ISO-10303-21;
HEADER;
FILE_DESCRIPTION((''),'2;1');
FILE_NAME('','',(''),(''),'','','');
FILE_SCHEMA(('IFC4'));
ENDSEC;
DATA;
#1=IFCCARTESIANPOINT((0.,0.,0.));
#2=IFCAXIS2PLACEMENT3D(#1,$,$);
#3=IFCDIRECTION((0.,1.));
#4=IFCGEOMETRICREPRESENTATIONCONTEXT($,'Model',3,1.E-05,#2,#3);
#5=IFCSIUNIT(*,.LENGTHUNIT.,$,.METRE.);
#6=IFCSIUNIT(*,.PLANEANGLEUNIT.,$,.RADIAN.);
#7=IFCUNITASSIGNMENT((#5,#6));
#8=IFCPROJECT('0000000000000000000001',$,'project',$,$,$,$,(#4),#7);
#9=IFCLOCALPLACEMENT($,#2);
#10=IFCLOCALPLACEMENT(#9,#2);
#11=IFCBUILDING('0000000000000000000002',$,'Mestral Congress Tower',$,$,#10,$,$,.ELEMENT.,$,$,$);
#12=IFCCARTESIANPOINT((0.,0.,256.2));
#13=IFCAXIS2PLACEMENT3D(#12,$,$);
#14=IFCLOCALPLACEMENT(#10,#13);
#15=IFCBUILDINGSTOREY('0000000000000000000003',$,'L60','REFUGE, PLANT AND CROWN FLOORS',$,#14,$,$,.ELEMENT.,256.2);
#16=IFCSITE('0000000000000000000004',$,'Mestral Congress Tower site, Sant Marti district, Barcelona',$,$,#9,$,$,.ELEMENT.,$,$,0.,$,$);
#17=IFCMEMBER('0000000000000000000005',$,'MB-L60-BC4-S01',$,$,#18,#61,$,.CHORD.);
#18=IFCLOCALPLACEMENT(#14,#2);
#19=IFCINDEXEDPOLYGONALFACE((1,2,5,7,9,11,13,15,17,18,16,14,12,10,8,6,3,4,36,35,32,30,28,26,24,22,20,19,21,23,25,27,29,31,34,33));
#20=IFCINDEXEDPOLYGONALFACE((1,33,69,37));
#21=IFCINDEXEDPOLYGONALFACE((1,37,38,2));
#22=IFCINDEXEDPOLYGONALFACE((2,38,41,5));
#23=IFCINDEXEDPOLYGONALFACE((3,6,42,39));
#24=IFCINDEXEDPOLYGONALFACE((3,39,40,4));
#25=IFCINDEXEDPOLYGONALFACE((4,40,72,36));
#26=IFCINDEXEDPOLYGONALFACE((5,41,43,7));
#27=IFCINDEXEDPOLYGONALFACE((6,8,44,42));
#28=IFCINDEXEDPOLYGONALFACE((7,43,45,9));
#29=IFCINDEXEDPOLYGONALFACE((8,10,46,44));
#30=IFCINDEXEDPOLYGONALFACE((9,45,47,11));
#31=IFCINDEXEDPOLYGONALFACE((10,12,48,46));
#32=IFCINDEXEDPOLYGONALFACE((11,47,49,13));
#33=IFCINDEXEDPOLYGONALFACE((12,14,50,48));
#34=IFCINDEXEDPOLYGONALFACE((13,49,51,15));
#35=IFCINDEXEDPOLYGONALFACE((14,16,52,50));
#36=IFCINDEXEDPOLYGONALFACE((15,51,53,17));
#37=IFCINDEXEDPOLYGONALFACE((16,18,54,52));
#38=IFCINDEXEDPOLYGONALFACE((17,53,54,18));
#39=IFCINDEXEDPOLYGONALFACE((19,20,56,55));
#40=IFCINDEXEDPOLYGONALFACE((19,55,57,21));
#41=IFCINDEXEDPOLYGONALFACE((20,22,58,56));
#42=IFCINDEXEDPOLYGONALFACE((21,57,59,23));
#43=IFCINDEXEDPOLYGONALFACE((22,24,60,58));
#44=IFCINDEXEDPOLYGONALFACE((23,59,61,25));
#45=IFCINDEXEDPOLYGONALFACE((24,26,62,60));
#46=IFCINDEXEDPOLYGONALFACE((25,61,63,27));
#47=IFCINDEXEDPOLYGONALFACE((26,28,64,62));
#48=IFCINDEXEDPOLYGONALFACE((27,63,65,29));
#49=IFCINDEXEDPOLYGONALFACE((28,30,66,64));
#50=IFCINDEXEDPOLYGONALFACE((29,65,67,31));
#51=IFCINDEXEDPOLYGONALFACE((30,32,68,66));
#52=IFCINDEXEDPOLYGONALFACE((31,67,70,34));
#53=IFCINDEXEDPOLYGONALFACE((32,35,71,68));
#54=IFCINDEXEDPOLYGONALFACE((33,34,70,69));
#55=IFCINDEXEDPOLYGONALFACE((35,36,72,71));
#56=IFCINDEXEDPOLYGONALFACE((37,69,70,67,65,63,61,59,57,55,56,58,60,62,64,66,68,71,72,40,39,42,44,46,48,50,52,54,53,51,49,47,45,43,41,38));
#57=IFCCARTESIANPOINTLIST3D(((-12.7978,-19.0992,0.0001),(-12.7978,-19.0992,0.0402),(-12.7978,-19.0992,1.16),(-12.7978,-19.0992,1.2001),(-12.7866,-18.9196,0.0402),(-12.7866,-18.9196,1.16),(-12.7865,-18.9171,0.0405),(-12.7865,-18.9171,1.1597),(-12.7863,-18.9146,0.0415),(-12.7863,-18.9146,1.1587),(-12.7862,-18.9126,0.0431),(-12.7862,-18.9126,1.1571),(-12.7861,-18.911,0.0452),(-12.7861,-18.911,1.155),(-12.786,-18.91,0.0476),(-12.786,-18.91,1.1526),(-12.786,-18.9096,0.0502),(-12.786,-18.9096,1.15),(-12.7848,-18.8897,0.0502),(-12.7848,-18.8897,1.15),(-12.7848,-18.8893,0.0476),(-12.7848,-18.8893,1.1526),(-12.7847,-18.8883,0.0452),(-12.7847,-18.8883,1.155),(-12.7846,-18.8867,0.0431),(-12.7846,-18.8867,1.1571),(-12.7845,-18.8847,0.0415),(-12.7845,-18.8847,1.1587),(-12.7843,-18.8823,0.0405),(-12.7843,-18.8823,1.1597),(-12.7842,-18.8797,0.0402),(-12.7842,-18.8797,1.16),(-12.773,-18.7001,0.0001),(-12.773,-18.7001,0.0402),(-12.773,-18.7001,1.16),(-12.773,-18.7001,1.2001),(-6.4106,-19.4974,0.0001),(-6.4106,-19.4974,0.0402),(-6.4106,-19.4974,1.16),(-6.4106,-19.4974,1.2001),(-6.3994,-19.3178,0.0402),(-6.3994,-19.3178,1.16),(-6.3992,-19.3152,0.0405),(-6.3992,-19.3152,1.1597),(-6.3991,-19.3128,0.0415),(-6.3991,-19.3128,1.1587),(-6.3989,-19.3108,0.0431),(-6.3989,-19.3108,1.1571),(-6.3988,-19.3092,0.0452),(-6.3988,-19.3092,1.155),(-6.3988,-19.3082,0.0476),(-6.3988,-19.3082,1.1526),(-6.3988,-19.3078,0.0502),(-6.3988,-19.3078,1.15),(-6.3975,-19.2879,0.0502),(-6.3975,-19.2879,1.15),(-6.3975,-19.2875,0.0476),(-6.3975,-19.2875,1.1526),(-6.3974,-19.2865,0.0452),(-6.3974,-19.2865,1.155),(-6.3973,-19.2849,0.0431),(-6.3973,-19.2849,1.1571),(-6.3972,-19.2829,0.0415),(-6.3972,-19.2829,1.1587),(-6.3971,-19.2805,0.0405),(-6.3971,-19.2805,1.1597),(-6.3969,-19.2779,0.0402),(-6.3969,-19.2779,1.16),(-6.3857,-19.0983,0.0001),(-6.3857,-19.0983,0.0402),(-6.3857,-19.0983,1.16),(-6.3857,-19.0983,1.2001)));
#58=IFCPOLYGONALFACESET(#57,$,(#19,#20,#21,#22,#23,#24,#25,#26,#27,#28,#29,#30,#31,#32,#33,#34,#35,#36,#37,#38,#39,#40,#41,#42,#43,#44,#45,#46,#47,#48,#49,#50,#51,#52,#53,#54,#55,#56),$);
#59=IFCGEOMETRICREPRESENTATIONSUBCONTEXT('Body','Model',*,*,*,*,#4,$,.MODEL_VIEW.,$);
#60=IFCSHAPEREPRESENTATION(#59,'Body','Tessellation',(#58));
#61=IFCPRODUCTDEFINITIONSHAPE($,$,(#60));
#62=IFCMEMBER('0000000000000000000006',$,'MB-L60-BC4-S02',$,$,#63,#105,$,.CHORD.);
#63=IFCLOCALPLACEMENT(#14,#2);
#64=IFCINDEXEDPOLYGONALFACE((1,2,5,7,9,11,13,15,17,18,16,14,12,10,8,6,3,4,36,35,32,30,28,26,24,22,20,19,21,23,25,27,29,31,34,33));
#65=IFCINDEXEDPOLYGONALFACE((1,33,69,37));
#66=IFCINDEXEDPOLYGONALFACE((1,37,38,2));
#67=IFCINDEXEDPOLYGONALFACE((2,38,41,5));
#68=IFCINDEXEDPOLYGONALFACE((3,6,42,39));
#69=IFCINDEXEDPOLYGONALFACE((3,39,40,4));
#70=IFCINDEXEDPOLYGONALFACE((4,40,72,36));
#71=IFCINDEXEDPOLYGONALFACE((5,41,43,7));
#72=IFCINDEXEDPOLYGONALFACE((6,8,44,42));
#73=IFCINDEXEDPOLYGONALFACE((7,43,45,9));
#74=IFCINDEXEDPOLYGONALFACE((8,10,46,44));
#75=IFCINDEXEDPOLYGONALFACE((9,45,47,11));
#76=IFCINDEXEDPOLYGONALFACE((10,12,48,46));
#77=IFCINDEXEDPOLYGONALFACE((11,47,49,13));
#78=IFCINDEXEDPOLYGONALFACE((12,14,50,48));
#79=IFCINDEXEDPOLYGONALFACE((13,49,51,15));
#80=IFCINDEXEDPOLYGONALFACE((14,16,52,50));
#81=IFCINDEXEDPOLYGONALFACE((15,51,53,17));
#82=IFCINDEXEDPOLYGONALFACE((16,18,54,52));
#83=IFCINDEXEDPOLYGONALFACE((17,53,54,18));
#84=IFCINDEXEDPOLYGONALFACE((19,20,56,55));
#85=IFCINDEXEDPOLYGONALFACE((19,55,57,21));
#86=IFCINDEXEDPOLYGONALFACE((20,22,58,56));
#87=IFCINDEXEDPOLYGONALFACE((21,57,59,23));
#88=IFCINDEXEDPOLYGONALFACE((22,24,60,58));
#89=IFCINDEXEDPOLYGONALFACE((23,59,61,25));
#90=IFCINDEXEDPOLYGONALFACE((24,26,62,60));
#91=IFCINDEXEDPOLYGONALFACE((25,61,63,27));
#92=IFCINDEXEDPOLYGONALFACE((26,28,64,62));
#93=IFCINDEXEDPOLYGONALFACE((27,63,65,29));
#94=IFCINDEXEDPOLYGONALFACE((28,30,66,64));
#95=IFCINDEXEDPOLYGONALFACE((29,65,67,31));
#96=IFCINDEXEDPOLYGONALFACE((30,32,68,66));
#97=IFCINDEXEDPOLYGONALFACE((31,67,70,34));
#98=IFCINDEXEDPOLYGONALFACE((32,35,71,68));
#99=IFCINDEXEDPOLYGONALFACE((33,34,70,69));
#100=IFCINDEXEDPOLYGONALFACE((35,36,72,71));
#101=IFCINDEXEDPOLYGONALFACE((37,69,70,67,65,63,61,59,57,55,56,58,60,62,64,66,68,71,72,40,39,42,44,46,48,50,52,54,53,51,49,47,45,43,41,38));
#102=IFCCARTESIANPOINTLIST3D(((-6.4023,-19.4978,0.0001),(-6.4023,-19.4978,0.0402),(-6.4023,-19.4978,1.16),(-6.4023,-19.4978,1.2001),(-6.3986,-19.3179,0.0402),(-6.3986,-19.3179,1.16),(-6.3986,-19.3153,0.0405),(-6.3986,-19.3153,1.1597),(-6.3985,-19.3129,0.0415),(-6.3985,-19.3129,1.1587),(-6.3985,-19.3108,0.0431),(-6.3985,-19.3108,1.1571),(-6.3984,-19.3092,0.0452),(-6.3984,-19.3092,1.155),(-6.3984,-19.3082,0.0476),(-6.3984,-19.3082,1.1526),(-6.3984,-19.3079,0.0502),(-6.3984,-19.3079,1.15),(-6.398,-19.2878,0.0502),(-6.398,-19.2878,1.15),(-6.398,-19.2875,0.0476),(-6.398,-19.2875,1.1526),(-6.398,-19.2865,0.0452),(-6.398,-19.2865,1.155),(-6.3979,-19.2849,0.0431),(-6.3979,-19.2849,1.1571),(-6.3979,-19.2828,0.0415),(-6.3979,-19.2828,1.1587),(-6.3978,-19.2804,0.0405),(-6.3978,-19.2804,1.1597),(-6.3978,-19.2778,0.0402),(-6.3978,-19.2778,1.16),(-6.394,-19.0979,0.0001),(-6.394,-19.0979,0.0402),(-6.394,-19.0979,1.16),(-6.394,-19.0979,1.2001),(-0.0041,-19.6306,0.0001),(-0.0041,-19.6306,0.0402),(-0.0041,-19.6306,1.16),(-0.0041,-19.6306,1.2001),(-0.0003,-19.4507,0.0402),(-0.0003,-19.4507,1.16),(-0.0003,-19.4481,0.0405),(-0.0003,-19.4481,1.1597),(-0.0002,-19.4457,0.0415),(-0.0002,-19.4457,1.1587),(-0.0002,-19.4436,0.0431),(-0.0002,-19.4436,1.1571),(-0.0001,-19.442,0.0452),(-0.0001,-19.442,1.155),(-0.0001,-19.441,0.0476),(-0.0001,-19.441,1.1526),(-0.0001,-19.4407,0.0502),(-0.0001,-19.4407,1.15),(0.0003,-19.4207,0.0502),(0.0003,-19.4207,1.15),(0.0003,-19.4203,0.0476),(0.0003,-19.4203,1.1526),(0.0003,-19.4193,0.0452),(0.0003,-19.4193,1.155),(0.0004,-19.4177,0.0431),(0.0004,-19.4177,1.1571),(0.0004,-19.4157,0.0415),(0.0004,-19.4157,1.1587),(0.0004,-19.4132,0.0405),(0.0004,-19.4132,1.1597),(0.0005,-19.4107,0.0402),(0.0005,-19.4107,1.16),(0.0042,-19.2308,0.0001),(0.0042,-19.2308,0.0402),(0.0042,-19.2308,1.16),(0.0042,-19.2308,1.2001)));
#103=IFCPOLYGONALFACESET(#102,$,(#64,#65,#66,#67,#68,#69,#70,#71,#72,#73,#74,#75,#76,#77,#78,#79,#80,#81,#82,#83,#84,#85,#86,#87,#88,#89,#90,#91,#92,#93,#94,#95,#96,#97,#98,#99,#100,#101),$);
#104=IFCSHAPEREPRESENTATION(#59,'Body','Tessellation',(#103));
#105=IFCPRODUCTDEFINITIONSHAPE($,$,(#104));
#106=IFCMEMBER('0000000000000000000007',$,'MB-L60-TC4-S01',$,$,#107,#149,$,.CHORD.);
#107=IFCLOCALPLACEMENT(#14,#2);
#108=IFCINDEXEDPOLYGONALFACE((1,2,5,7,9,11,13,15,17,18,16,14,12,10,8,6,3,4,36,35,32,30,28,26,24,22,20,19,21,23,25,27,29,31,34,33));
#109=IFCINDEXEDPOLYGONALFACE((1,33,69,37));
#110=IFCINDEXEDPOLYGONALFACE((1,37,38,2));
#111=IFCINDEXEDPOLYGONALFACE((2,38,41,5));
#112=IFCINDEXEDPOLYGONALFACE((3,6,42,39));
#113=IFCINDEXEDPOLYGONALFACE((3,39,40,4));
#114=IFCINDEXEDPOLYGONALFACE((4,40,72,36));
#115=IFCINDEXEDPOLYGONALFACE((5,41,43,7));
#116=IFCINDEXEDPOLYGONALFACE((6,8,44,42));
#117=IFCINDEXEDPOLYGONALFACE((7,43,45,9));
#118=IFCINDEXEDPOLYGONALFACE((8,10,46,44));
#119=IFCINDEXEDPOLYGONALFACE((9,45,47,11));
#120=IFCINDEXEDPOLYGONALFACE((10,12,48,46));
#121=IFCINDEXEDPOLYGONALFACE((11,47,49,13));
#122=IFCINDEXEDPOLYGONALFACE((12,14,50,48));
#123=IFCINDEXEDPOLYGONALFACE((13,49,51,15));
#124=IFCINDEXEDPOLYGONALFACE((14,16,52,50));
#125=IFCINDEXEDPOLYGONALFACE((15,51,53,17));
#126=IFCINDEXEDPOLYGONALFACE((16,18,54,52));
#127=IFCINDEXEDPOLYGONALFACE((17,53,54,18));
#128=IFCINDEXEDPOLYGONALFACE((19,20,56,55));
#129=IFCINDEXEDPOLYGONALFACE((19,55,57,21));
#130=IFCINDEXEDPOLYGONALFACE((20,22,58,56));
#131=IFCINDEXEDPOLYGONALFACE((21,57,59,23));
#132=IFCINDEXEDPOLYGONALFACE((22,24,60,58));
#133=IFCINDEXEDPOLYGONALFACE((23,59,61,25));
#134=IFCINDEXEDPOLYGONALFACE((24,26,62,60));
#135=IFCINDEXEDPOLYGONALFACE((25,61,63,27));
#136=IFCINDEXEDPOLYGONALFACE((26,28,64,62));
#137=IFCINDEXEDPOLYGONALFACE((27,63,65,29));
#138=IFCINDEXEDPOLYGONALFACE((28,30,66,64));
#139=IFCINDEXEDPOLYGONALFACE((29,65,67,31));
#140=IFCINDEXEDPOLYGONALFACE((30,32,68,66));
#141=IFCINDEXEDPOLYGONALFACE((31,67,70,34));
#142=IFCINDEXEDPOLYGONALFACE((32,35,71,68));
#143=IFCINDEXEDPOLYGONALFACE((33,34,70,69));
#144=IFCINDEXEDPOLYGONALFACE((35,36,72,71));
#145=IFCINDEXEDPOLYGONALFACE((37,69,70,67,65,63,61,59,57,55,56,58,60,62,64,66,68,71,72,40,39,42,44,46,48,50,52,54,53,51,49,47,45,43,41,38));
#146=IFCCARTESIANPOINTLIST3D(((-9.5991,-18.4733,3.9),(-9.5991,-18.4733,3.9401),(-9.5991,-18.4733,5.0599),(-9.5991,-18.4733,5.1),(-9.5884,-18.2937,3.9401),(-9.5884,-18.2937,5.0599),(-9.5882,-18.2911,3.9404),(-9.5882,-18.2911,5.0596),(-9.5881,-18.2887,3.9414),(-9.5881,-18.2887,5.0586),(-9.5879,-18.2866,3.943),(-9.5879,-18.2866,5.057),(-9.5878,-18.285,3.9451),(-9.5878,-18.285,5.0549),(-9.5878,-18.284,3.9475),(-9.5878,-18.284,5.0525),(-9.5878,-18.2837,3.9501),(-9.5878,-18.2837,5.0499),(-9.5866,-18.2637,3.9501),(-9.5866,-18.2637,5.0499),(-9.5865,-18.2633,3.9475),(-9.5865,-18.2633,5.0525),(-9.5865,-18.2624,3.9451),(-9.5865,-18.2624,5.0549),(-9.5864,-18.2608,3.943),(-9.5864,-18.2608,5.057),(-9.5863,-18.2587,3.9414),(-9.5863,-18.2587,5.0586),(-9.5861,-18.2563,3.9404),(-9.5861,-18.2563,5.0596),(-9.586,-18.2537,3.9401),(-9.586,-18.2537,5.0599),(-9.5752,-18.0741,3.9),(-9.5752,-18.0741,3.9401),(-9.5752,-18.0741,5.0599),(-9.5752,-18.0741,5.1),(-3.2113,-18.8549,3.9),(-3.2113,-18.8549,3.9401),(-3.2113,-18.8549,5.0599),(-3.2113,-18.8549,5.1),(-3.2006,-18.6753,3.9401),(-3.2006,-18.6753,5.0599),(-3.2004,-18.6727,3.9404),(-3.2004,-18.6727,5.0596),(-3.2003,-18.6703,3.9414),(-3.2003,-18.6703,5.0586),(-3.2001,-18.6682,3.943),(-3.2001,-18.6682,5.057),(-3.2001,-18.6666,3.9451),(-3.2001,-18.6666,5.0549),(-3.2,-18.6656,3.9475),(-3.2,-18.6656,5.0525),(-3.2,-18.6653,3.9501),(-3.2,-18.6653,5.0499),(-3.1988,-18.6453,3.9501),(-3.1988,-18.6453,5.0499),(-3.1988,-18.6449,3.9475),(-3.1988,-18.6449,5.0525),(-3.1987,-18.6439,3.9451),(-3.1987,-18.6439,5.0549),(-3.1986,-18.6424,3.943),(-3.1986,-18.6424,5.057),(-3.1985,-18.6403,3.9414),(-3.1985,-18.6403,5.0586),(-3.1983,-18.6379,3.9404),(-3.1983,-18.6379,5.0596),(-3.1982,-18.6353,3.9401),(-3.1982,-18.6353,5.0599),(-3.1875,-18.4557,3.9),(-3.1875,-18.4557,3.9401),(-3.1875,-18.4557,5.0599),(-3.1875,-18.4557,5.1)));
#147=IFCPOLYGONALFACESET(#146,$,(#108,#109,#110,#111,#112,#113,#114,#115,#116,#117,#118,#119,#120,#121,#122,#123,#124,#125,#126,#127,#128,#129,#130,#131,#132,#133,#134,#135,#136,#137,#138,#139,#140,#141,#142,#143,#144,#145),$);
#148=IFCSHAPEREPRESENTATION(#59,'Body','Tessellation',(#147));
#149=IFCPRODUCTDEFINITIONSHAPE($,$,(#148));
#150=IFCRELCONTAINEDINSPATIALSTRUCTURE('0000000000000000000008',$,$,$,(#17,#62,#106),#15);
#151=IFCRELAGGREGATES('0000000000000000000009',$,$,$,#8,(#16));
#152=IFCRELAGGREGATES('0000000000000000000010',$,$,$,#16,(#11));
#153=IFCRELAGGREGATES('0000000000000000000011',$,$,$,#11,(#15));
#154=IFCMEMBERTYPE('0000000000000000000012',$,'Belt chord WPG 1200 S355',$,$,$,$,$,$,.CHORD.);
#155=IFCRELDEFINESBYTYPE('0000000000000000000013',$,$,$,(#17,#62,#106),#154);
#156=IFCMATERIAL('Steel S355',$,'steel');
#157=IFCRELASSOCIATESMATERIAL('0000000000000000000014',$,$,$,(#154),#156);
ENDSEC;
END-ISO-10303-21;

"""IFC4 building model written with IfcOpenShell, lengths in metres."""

from ifc_helpers import new_model, si_unit, direction, frame, origin, origin_2d, place, context, subcontext, project, spatial, i_section, extrude, material, material_profile, profile_set, type_object, element, save


model = new_model("IFC4")

# Units and contexts
model_context = context("Model", 3, precision=1e-05, world=origin(), true_north=direction((0.0, 1.0)))
body_context = subcontext(model_context, "Body", "Model", "MODEL_VIEW")
ifc_project = project(units=[si_unit("LENGTHUNIT", "METRE"), si_unit("PLANEANGLEUNIT", "RADIAN")], contexts=[model_context])

# Site, building, storey
site_placement = place(None, origin())
site = spatial("IfcSite", under=ifc_project, at=site_placement, Name="Mestral Congress Tower site, Sant Marti district, Barcelona", CompositionType="ELEMENT", RefElevation=0.0)
building_placement = place(site_placement, origin())
building = spatial("IfcBuilding", under=site, at=building_placement, Name="Mestral Congress Tower", CompositionType="ELEMENT")
storey_placement = place(building_placement, frame((0.0, 0.0, 256.2)))
storey = spatial("IfcBuildingStorey", under=building, at=storey_placement, Name="L60", Description="REFUGE, PLANT AND CROWN FLOORS", CompositionType="ELEMENT", Elevation=256.2)

# Members
ifc_material_1 = material(Name="Steel S355", Category="steel")
ifc_material_profile_1 = material_profile(ifc_material_1, i_section(OverallWidth=0.3999, OverallDepth=1.2, WebThickness=0.02, FlangeThickness=0.04, FilletRadius=0.01, at=origin_2d()), Name="WPG 1200")
ifc_profile_set_1 = profile_set([ifc_material_profile_1], Name="Steel S355")
member_type_1 = type_object("IfcMemberType", Name="Belt chord WPG 1200 S355", PredefinedType="CHORD", material=ifc_profile_set_1)
for number, where, z_axis, x_axis, name in (
    (1, (-12.7854, -18.8997, 0.6001), (0.998062, -0.062222, 0.0), (0.062222, 0.998062, 0.0), "MB-L60-BC4-S01"),
    (2, (-6.3982, -19.2979, 0.6001), (0.999785, -0.020753, 0.0), (0.020753, 0.999785, 0.0), "MB-L60-BC4-S02"),
):
    element("IfcMember", number, at=place(storey_placement, frame(where, z_axis=z_axis, x_axis=x_axis)), inside=storey, type_object=member_type_1, Name=name, PredefinedType="CHORD", context=body_context, shape_type="SweptSolid", body=[
        extrude(i_section(OverallWidth=0.3999, OverallDepth=1.2, WebThickness=0.02, FlangeThickness=0.04, FilletRadius=0.01, at=origin_2d()), origin(), (0.0, 0.0, 1.0), 6.3997),
    ])
member_1_placement = place(storey_placement, frame((-9.5872, -18.2737, 4.5), z_axis=(0.99822, -0.059632, 0.0), x_axis=(0.059632, 0.99822, 0.0)))
element("IfcMember", 3, at=member_1_placement, inside=storey, type_object=member_type_1, Name="MB-L60-TC4-S01", PredefinedType="CHORD", context=body_context, shape_type="SweptSolid", body=[
    extrude(i_section(OverallWidth=0.3999, OverallDepth=1.2, WebThickness=0.02, FlangeThickness=0.04, FilletRadius=0.01, at=origin_2d()), origin(), (0.0, 0.0, 1.0), 6.3992),
])

save(model, "model.ifc")
